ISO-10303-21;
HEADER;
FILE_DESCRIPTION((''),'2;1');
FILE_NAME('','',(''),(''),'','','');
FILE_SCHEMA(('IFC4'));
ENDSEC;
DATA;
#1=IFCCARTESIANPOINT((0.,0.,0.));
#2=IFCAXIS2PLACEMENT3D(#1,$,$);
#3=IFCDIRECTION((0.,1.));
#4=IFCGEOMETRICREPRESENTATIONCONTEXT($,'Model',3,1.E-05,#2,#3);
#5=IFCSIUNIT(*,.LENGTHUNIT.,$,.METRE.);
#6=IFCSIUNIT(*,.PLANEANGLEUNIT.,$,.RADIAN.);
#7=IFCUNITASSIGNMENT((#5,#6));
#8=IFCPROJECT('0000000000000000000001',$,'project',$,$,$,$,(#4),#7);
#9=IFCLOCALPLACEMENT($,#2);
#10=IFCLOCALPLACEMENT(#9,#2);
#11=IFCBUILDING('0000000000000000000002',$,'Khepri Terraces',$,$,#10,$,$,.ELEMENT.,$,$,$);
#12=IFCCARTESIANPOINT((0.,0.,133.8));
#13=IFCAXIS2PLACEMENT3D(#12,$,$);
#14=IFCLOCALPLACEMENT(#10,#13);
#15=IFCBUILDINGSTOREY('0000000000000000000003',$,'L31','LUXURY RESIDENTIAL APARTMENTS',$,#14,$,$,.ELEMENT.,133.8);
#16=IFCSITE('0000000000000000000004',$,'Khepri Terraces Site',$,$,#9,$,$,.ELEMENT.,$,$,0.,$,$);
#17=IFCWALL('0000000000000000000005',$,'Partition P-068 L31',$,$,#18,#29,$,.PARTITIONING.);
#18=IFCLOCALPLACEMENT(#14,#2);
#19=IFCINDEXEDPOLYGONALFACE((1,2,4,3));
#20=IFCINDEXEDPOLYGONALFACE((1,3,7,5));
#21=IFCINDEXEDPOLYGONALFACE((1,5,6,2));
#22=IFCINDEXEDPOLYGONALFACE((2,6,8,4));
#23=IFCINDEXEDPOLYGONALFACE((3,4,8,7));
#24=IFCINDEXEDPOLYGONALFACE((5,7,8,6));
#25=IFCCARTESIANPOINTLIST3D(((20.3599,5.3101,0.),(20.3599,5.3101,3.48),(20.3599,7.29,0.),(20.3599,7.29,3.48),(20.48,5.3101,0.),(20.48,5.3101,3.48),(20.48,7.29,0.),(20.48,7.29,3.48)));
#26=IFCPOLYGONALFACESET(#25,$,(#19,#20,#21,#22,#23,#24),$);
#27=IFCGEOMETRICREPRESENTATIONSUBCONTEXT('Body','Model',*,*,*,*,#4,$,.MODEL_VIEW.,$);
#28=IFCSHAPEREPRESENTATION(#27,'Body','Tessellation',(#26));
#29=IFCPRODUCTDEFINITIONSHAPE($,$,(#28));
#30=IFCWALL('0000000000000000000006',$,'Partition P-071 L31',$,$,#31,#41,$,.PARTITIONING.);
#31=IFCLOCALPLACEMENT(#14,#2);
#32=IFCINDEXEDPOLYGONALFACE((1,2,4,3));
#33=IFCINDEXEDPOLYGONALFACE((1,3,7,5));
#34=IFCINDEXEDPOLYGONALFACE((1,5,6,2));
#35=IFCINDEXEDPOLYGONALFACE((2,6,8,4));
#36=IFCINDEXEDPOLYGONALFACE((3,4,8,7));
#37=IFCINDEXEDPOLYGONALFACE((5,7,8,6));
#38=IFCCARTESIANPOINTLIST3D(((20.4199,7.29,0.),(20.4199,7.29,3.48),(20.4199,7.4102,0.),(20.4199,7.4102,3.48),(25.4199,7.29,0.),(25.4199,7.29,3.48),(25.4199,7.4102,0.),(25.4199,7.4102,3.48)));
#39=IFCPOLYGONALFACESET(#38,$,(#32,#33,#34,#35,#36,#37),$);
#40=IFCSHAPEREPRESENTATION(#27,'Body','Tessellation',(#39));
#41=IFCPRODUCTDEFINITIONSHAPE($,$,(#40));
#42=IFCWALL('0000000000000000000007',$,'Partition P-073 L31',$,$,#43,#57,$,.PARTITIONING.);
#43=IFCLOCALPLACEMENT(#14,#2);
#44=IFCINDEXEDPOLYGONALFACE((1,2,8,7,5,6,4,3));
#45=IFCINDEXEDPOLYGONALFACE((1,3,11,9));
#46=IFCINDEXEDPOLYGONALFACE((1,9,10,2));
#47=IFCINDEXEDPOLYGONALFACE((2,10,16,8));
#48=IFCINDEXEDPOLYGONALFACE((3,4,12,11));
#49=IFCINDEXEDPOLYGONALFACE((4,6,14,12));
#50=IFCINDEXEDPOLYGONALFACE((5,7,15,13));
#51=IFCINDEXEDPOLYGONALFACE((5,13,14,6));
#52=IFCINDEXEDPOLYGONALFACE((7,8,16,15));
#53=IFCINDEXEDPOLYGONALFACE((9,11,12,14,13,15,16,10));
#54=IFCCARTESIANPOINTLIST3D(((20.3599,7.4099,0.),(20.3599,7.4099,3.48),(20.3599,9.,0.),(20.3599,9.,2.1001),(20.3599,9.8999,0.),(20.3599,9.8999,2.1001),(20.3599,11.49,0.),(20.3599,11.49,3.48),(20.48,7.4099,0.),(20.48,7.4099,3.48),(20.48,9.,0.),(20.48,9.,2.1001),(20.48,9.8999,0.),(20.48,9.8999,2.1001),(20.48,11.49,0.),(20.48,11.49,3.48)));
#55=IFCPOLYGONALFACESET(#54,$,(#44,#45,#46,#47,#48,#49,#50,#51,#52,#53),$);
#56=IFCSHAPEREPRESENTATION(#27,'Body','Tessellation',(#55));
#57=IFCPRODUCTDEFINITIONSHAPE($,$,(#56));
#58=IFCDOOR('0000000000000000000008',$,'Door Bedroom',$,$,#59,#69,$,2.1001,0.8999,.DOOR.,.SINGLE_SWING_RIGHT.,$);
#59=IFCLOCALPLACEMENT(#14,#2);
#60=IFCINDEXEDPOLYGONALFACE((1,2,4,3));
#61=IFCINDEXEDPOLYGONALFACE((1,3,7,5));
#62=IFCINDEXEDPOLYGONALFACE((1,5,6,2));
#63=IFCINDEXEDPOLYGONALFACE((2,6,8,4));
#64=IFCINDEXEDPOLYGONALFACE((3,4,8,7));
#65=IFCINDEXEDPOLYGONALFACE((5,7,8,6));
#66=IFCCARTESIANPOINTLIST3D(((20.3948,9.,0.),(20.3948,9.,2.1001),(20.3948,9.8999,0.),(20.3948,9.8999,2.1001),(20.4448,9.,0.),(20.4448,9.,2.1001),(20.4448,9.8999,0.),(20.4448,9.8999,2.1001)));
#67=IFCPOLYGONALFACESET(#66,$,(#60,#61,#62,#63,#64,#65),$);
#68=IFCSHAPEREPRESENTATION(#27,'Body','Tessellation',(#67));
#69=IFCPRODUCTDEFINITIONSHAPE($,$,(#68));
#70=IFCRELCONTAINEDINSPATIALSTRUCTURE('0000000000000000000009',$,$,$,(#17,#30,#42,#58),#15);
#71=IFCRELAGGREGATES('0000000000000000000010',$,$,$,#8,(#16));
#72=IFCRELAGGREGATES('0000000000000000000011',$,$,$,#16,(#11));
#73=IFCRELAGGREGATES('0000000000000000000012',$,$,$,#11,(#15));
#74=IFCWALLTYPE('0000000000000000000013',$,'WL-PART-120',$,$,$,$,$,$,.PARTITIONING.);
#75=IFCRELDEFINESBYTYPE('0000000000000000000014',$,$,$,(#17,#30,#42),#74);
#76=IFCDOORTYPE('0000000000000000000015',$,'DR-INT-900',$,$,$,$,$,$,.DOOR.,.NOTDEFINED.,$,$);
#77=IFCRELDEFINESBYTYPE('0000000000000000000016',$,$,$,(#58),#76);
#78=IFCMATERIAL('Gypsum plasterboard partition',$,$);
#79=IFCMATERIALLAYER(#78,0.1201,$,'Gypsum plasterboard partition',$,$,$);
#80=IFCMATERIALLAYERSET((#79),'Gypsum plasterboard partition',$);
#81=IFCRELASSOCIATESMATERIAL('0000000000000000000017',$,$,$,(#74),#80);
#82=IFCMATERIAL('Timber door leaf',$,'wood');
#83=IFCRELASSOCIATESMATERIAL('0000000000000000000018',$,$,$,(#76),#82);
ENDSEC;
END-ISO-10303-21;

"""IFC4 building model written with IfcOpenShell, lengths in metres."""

from ifc_helpers import new_model, si_unit, direction, frame, frame_2d, origin, place, context, subcontext, project, spatial, rectangle, extrude, material, layer, layer_set, type_object, element, fill, save


model = new_model("IFC4")

# Units and contexts
model_context = context("Model", 3, precision=1e-05, world=origin(), true_north=direction((0.0, 1.0)))
body_context = subcontext(model_context, "Body", "Model", "MODEL_VIEW")
ifc_project = project(units=[si_unit("LENGTHUNIT", "METRE"), si_unit("PLANEANGLEUNIT", "RADIAN")], contexts=[model_context])

# Site, building, storey
site_placement = place(None, origin())
site = spatial("IfcSite", under=ifc_project, at=site_placement, Name="Khepri Terraces Site", CompositionType="ELEMENT", RefElevation=0.0)
building_placement = place(site_placement, origin())
building = spatial("IfcBuilding", under=site, at=building_placement, Name="Khepri Terraces", CompositionType="ELEMENT")
storey_placement = place(building_placement, frame((0.0, 0.0, 133.8)))
storey = spatial("IfcBuildingStorey", under=building, at=storey_placement, Name="L31", Description="LUXURY RESIDENTIAL APARTMENTS", CompositionType="ELEMENT", Elevation=133.8)

# Shared definitions
ifc_material_1 = material(Name="Gypsum plasterboard partition")
ifc_layer_1 = layer(ifc_material_1, 0.1201, Name="Gypsum plasterboard partition")
ifc_layer_set_1 = layer_set([ifc_layer_1], Name="Gypsum plasterboard partition")
wall_type_1 = type_object("IfcWallType", Name="WL-PART-120", PredefinedType="PARTITIONING", material=ifc_layer_set_1)
ifc_material_2 = material(Name="Timber door leaf", Category="wood")
door_type_1 = type_object("IfcDoorType", Name="DR-INT-900", OperationType="NOTDEFINED", PredefinedType="DOOR", material=ifc_material_2)

# Walls
wall_1_placement = place(storey_placement, frame((20.4199, 5.3101, 0.0), z_axis=(0.0, 0.0, 1.0), x_axis=(0.0, 1.0, 0.0)))
element("IfcWall", 1, at=wall_1_placement, inside=storey, type_object=wall_type_1, Name="Partition P-068 L31", PredefinedType="PARTITIONING", context=body_context, shape_type="SweptSolid", body=[
    extrude(rectangle(XDim=1.98, YDim=0.1201, at=frame_2d((0.99, 0.0))), origin(), (0.0, 0.0, 1.0), 3.48),
])
wall_2_placement = place(storey_placement, frame((20.4199, 7.3501, 0.0), z_axis=(0.0, 0.0, 1.0), x_axis=(1.0, 0.0, 0.0)))
element("IfcWall", 2, at=wall_2_placement, inside=storey, type_object=wall_type_1, Name="Partition P-071 L31", PredefinedType="PARTITIONING", context=body_context, shape_type="SweptSolid", body=[
    extrude(rectangle(XDim=5.0, YDim=0.1201, at=frame_2d((2.5, 0.0))), origin(), (0.0, 0.0, 1.0), 3.48),
])

# Wall, opening, door
wall_3_placement = place(storey_placement, frame((20.4199, 7.4099, 0.0), z_axis=(0.0, 0.0, 1.0), x_axis=(0.0, 1.0, 0.0)))
wall_3 = element("IfcWall", 3, at=wall_3_placement, inside=storey, type_object=wall_type_1, Name="Partition P-073 L31", PredefinedType="PARTITIONING", context=body_context, shape_type="SweptSolid", body=[
    extrude(rectangle(XDim=4.0801, YDim=0.1201, at=frame_2d((2.04, 0.0))), origin(), (0.0, 0.0, 1.0), 3.48),
])
opening_1_placement = place(wall_3_placement, frame((1.5901, 0.0, 0.0)))
opening_1 = element("IfcOpeningElement", 4, at=opening_1_placement, cuts=wall_3, PredefinedType="OPENING", context=body_context, shape_type="SweptSolid", body=[
    extrude(rectangle(XDim=0.8999, YDim=2.1001, at=frame_2d((0.45, 1.05))), frame((0.0, 0.0701, 0.0), z_axis=(0.0, -1.0, 0.0), x_axis=(1.0, 0.0, 0.0)), (0.0, 0.0, 1.0), 0.1401),
])
door_1_placement = place(opening_1_placement, frame((0.8999, 0.0, 0.0), z_axis=(0.0, 0.0, 1.0), x_axis=(-1.0, 0.0, 0.0)))
door_1 = element("IfcDoor", 5, at=door_1_placement, inside=storey, type_object=door_type_1, Name="Door Bedroom", OperationType="SINGLE_SWING_RIGHT", OverallHeight=2.1001, OverallWidth=0.8999, PredefinedType="DOOR", context=body_context, shape_type="SweptSolid", body=[
    extrude(rectangle(XDim=0.8999, YDim=2.1001, at=frame_2d((0.45, 1.05))), frame((0.0, 0.0249, 0.0), z_axis=(0.0, -1.0, 0.0), x_axis=(1.0, 0.0, 0.0)), (0.0, 0.0, 1.0), 0.05),
])
fill(opening_1, door_1)

save(model, "model.ifc")
